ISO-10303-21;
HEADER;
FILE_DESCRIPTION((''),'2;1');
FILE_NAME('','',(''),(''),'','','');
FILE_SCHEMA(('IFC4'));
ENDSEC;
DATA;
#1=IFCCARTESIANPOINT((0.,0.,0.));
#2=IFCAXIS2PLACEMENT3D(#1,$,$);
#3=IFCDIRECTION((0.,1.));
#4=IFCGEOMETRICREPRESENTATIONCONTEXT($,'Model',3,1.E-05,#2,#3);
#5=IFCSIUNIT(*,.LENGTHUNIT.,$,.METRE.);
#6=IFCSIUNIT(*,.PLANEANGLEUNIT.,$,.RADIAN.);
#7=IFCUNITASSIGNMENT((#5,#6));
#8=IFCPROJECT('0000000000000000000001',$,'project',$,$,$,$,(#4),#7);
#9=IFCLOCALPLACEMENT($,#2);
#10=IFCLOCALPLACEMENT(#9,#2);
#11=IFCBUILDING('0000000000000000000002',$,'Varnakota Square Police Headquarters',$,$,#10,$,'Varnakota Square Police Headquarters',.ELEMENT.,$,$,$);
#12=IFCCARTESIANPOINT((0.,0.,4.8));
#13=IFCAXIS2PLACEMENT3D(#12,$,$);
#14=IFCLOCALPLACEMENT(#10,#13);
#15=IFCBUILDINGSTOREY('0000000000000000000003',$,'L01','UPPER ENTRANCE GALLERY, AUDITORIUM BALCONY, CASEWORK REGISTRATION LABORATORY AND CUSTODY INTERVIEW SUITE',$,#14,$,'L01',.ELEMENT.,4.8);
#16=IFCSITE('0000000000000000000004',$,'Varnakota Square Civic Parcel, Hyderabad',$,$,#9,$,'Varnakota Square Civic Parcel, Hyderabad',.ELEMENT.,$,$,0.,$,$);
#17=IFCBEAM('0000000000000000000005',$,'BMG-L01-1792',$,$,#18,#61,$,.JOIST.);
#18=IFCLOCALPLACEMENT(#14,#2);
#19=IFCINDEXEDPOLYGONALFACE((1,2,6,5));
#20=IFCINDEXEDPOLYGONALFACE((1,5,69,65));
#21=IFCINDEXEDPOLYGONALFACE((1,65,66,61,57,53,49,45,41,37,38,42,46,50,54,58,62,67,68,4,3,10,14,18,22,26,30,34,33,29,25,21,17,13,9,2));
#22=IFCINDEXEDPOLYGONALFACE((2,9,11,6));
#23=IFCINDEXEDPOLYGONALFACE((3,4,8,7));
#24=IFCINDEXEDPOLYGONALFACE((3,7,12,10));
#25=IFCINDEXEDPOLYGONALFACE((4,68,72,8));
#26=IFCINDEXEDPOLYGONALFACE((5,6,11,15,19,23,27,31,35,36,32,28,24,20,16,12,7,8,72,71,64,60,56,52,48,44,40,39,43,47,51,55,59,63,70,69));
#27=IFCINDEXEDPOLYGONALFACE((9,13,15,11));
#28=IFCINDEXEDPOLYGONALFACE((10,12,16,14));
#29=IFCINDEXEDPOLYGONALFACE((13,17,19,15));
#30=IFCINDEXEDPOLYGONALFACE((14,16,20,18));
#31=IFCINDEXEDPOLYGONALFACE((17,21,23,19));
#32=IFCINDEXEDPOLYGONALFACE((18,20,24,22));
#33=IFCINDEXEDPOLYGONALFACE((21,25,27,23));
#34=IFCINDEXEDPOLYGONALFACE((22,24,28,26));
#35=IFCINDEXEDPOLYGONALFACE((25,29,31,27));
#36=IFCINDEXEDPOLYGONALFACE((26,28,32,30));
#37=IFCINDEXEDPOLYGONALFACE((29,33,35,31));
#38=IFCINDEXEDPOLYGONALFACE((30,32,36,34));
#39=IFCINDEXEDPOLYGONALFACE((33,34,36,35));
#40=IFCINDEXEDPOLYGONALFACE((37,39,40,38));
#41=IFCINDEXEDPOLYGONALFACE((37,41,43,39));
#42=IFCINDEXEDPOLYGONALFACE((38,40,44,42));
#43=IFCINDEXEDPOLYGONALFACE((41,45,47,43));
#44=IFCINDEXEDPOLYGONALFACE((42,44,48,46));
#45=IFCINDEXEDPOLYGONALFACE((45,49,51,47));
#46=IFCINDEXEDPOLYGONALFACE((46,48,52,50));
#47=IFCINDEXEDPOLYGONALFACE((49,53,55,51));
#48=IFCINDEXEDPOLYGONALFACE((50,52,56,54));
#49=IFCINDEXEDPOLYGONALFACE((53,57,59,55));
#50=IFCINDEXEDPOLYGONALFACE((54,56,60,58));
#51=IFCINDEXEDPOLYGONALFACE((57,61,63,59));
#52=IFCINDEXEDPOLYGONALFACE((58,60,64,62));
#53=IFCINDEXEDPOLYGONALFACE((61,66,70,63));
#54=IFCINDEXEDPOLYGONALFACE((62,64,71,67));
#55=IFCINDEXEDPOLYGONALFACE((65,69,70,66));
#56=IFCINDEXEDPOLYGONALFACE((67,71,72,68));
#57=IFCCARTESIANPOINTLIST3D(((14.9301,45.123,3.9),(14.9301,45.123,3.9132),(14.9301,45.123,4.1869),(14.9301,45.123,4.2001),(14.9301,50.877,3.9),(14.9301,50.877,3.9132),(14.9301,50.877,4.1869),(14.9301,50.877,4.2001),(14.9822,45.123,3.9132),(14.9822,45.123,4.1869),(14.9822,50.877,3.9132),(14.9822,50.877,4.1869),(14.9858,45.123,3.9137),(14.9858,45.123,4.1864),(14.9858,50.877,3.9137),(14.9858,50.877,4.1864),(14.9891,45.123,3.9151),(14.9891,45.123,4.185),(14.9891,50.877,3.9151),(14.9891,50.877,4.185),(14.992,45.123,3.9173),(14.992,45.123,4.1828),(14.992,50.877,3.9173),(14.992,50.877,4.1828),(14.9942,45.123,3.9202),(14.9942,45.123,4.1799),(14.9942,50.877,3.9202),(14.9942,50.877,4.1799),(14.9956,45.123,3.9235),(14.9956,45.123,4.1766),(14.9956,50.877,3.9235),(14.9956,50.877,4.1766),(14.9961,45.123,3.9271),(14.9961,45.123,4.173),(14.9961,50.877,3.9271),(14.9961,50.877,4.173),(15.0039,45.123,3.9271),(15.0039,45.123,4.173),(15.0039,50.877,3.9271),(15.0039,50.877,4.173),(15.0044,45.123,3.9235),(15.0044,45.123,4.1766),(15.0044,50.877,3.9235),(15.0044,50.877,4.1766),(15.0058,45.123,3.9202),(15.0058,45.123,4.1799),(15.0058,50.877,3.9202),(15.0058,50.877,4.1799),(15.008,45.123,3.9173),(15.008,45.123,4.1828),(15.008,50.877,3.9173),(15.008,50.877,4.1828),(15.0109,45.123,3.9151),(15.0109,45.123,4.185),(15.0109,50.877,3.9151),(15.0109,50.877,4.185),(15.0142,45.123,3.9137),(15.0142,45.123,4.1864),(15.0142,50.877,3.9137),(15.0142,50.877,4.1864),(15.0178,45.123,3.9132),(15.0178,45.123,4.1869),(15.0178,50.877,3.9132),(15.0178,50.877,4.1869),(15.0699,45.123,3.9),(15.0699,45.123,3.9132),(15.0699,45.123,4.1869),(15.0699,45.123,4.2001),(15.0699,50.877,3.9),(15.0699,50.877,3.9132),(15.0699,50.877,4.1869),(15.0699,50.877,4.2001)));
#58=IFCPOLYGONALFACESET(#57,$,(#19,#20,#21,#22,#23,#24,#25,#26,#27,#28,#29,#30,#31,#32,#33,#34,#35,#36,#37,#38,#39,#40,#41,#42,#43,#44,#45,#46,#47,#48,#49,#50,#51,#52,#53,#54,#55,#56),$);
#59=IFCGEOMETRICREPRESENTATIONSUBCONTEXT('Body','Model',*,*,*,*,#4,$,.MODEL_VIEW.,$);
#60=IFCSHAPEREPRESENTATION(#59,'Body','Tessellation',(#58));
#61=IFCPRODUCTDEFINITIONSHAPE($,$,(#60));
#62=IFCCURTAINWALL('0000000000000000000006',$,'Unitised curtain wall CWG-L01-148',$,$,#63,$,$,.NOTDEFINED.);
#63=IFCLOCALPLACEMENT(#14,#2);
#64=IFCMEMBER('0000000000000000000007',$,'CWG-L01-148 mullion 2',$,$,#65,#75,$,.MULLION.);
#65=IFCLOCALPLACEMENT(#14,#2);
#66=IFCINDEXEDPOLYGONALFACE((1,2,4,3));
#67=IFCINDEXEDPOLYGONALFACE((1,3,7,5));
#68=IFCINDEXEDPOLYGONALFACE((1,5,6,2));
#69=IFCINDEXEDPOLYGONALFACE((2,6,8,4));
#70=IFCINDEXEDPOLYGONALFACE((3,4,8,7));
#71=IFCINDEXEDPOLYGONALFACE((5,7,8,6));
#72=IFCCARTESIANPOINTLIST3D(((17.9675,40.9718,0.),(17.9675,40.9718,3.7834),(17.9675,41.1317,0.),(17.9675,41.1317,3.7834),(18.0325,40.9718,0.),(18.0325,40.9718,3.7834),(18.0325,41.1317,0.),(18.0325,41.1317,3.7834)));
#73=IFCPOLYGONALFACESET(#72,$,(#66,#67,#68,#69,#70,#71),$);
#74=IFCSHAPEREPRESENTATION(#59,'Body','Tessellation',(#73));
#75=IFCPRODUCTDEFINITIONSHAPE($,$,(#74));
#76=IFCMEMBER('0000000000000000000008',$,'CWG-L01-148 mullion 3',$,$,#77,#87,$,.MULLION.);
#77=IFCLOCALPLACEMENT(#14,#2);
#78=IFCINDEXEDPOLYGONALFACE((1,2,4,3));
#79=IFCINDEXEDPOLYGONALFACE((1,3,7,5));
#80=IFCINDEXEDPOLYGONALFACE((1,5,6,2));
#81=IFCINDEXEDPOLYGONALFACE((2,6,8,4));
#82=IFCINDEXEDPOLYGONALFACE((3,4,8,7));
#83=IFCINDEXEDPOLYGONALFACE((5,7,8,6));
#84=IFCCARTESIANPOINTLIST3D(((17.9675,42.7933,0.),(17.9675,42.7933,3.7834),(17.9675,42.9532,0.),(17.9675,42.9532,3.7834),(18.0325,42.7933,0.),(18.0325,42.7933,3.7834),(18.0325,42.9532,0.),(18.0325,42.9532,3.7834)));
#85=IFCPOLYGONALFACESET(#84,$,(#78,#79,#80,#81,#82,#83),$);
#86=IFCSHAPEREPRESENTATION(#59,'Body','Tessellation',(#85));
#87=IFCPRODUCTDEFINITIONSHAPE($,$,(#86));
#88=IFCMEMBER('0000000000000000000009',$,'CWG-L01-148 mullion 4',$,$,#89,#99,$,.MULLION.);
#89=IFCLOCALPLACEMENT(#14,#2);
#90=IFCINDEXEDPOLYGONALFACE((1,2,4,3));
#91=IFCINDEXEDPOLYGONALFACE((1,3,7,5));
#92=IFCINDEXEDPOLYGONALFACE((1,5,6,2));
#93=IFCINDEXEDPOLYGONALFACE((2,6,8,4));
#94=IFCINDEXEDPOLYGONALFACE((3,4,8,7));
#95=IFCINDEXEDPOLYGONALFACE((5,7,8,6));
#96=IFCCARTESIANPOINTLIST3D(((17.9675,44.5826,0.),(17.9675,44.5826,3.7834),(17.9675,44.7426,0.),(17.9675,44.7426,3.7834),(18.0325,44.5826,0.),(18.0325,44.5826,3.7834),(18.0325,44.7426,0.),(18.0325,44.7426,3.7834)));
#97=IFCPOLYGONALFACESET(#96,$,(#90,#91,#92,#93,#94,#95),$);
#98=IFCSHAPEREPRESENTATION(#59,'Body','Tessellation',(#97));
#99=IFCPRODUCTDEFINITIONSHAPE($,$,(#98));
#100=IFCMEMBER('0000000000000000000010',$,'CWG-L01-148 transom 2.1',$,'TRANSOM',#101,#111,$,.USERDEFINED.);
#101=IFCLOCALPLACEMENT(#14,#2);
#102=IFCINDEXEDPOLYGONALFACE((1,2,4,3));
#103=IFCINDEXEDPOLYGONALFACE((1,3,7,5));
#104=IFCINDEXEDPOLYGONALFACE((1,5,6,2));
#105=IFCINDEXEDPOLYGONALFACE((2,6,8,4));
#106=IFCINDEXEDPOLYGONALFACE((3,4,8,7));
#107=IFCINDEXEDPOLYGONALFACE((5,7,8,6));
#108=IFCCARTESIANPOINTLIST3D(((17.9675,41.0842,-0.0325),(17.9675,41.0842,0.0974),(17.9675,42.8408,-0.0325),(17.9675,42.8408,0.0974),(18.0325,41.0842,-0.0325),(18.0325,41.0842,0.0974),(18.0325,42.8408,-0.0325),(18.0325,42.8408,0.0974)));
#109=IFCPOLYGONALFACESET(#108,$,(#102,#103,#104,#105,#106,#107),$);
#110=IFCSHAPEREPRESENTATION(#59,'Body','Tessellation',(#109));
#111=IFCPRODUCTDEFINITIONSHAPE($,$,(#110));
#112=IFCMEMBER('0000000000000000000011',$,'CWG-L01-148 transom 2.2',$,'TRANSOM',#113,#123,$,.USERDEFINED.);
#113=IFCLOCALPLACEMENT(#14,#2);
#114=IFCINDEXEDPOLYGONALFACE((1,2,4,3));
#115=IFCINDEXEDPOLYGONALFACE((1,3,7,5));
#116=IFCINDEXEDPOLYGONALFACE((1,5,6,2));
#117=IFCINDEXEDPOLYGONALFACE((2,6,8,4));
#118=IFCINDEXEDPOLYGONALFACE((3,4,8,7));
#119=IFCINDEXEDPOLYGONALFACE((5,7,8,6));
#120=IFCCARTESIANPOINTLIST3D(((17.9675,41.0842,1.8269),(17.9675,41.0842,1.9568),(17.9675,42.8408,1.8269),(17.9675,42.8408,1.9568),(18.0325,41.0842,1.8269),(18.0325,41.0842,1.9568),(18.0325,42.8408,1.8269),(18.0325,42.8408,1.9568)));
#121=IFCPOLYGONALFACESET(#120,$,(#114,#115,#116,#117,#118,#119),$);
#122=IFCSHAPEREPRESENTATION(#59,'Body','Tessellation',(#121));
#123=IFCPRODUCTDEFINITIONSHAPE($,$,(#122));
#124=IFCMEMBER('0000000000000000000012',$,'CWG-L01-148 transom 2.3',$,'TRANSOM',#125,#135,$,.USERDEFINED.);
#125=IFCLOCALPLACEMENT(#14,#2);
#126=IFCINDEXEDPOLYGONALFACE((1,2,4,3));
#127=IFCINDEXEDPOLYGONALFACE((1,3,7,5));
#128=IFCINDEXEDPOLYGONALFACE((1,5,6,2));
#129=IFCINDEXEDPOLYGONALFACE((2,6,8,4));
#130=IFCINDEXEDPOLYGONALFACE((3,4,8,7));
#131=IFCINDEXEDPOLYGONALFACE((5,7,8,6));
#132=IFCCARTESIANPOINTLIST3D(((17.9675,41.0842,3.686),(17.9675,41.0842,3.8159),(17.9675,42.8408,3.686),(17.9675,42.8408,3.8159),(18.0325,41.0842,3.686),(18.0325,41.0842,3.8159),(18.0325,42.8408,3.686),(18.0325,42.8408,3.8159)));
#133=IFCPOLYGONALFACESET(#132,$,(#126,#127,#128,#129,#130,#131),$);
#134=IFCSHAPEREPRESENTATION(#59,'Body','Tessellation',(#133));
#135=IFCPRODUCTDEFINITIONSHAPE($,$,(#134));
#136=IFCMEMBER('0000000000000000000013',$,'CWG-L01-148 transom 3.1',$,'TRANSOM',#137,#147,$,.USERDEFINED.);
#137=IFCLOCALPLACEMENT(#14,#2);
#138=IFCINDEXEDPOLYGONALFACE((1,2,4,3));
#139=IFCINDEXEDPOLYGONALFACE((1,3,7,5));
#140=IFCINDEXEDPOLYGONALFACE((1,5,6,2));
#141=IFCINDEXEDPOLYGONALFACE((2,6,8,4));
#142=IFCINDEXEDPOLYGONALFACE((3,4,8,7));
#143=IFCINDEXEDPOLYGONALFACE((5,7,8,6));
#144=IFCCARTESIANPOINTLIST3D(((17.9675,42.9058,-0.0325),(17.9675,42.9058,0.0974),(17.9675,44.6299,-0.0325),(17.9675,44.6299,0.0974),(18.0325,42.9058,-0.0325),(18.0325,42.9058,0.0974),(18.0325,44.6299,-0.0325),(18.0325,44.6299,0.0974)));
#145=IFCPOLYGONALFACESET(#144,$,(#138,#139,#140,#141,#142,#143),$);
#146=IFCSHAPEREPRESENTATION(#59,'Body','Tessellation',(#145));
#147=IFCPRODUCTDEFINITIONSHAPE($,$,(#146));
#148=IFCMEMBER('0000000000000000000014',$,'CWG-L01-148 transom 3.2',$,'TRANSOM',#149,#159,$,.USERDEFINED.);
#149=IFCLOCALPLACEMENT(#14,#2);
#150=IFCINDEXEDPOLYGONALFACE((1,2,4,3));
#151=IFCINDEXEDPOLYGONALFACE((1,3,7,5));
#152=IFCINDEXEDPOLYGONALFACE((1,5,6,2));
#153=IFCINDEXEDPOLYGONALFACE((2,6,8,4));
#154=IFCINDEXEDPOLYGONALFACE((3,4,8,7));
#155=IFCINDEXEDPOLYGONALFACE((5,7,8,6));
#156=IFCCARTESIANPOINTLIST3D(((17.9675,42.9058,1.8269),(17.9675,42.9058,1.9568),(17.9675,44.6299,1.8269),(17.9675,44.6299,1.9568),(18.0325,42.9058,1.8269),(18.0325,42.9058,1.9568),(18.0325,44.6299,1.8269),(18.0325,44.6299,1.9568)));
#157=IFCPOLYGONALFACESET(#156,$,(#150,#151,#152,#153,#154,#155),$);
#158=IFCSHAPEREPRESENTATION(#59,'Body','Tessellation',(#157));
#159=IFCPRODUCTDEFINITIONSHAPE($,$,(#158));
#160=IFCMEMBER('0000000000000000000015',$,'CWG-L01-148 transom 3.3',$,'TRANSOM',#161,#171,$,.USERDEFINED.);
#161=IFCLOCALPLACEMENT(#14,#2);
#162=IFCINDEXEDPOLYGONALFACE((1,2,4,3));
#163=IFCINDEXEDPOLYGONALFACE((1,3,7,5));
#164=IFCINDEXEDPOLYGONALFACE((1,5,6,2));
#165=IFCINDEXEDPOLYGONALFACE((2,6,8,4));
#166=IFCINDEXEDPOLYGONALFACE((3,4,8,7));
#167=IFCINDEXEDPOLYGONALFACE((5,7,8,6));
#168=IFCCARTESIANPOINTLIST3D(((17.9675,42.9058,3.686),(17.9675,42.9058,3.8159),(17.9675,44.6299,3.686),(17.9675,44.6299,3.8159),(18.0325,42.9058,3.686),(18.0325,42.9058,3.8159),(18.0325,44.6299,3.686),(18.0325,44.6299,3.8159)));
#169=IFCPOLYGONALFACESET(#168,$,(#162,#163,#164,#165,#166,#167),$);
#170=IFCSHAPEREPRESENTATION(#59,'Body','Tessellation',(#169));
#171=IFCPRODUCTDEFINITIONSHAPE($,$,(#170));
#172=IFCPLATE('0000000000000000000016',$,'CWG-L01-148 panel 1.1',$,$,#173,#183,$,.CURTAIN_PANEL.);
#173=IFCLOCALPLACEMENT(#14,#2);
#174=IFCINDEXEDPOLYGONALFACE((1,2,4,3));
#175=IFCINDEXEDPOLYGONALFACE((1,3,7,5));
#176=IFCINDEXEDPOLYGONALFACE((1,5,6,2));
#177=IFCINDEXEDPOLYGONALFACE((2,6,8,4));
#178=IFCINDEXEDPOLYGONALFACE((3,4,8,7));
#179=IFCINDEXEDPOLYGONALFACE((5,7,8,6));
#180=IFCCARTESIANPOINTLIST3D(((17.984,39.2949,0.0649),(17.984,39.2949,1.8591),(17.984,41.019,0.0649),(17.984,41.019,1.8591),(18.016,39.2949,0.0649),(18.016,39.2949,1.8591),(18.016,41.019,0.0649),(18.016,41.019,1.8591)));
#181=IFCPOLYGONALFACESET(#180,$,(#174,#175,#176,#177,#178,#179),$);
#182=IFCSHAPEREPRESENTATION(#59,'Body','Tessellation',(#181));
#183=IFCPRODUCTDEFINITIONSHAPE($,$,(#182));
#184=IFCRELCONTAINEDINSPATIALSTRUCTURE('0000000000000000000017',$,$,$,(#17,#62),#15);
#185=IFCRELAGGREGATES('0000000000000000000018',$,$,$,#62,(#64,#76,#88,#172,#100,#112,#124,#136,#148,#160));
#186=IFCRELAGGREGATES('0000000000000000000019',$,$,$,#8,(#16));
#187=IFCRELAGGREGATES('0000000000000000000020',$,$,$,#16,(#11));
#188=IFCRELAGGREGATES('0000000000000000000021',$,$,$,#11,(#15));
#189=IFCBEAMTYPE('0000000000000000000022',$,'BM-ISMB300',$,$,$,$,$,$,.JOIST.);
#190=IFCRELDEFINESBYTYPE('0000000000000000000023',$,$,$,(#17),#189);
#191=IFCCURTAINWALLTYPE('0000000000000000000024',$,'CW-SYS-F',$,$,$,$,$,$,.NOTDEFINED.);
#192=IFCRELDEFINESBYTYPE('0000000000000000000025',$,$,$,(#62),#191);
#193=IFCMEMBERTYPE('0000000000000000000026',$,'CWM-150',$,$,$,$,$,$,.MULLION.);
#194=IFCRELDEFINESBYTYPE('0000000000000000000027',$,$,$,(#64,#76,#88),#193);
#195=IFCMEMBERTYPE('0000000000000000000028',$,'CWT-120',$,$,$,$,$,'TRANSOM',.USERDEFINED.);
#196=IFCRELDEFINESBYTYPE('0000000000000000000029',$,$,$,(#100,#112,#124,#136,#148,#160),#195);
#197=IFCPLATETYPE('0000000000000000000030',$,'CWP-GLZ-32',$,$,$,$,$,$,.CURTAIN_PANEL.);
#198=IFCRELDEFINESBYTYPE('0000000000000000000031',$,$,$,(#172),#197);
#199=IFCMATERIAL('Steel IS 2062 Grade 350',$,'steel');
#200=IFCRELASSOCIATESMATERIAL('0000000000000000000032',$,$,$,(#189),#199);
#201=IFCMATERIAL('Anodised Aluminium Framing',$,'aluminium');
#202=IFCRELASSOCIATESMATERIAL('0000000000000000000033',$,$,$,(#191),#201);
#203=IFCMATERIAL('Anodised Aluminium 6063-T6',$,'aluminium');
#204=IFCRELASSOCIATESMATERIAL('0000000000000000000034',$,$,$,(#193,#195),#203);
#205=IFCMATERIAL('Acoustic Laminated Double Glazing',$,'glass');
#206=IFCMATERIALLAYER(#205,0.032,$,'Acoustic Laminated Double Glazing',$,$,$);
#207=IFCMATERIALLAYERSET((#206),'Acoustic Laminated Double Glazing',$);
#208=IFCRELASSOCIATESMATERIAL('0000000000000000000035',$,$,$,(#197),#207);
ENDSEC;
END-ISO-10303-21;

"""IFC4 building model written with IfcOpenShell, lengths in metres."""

from ifc_helpers import new_model, si_unit, direction, frame, origin, origin_2d, place, context, subcontext, project, spatial, rectangle, i_section, extrude, material, layer, layer_set, material_profile, profile_set, type_object, element, aggregate, save


model = new_model("IFC4")

# Units and contexts
model_context = context("Model", 3, precision=1e-05, world=origin(), true_north=direction((0.0, 1.0)))
body_context = subcontext(model_context, "Body", "Model", "MODEL_VIEW")
ifc_project = project(units=[si_unit("LENGTHUNIT", "METRE"), si_unit("PLANEANGLEUNIT", "RADIAN")], contexts=[model_context])

# Site, building, storey
site_placement = place(None, origin())
site = spatial("IfcSite", under=ifc_project, at=site_placement, Name="Varnakota Square Civic Parcel, Hyderabad", LongName="Varnakota Square Civic Parcel, Hyderabad", CompositionType="ELEMENT", RefElevation=0.0)
building_placement = place(site_placement, origin())
building = spatial("IfcBuilding", under=site, at=building_placement, Name="Varnakota Square Police Headquarters", LongName="Varnakota Square Police Headquarters", CompositionType="ELEMENT")
storey_placement = place(building_placement, frame((0.0, 0.0, 4.8)))
storey = spatial("IfcBuildingStorey", under=building, at=storey_placement, Name="L01", Description="UPPER ENTRANCE GALLERY, AUDITORIUM BALCONY, CASEWORK REGISTRATION LABORATORY AND CUSTODY INTERVIEW SUITE", LongName="L01", CompositionType="ELEMENT", Elevation=4.8)

# Shared definitions
ifc_material_1 = material(Name="Steel IS 2062 Grade 350", Category="steel")

# Beam
ifc_material_profile_1 = material_profile(ifc_material_1, i_section(OverallWidth=0.1399, OverallDepth=0.3, WebThickness=0.0078, FlangeThickness=0.0132, FilletRadius=0.0139, at=origin_2d()), Name="ISMB 300")
ifc_profile_set_1 = profile_set([ifc_material_profile_1], Name="Steel IS 2062 Grade 350")
beam_type_1 = type_object("IfcBeamType", Name="BM-ISMB300", PredefinedType="JOIST", material=ifc_profile_set_1)
beam_1_placement = place(storey_placement, frame((15.0, 45.123, 4.05), z_axis=(0.0, 1.0, 0.0), x_axis=(-1.0, 0.0, 0.0)))
element("IfcBeam", 1, at=beam_1_placement, inside=storey, type_object=beam_type_1, Name="BMG-L01-1792", PredefinedType="JOIST", context=body_context, shape_type="SweptSolid", body=[
    extrude(i_section(OverallWidth=0.1399, OverallDepth=0.3, WebThickness=0.0078, FlangeThickness=0.0132, FilletRadius=0.0139, at=origin_2d()), origin(), (0.0, 0.0, 1.0), 5.7539),
])

# Curtain wall, members, plate
ifc_material_2 = material(Name="Anodised Aluminium Framing", Category="aluminium")
curtain_wall_type = type_object("IfcCurtainWallType", Name="CW-SYS-F", PredefinedType="NOTDEFINED", material=ifc_material_2)
curtain_wall_placement = place(storey_placement, origin())
curtain_wall = element("IfcCurtainWall", 2, at=curtain_wall_placement, inside=storey, type_object=curtain_wall_type, Name="Unitised curtain wall CWG-L01-148", PredefinedType="NOTDEFINED")
ifc_material_3 = material(Name="Anodised Aluminium 6063-T6", Category="aluminium")
ifc_material_profile_2 = material_profile(ifc_material_3, rectangle(XDim=0.0649, YDim=0.1599, at=origin_2d()), Name="ALU MULLION 65x160")
ifc_profile_set_2 = profile_set([ifc_material_profile_2], Name="Anodised Aluminium 6063-T6")
member_type_1 = type_object("IfcMemberType", Name="CWM-150", PredefinedType="MULLION", material=ifc_profile_set_2)
member_1_placement = place(storey_placement, frame((18.0, 41.0518, 0.0), z_axis=(0.0, 0.0, 1.0), x_axis=(-1.0, 0.0, 0.0)))
member_1 = element("IfcMember", 3, at=member_1_placement, type_object=member_type_1, Name="CWG-L01-148 mullion 2", PredefinedType="MULLION", context=body_context, shape_type="SweptSolid", body=[
    extrude(rectangle(XDim=0.0649, YDim=0.1599, at=origin_2d()), origin(), (0.0, 0.0, 1.0), 3.7834),
])
member_2_placement = place(storey_placement, frame((18.0, 42.8733, 0.0), z_axis=(0.0, 0.0, 1.0), x_axis=(-1.0, 0.0, 0.0)))
member_2 = element("IfcMember", 4, at=member_2_placement, type_object=member_type_1, Name="CWG-L01-148 mullion 3", PredefinedType="MULLION", context=body_context, shape_type="SweptSolid", body=[
    extrude(rectangle(XDim=0.0649, YDim=0.1599, at=origin_2d()), origin(), (0.0, 0.0, 1.0), 3.7834),
])
member_3_placement = place(storey_placement, frame((18.0, 44.6626, 0.0), z_axis=(0.0, 0.0, 1.0), x_axis=(-1.0, 0.0, 0.0)))
member_3 = element("IfcMember", 5, at=member_3_placement, type_object=member_type_1, Name="CWG-L01-148 mullion 4", PredefinedType="MULLION", context=body_context, shape_type="SweptSolid", body=[
    extrude(rectangle(XDim=0.0649, YDim=0.1599, at=origin_2d()), origin(), (0.0, 0.0, 1.0), 3.7834),
])
ifc_material_profile_3 = material_profile(ifc_material_3, rectangle(XDim=0.0649, YDim=0.1299, at=origin_2d()), Name="ALU TRANSOM 65x130")
ifc_profile_set_3 = profile_set([ifc_material_profile_3], Name="Anodised Aluminium 6063-T6")
member_type_2 = type_object("IfcMemberType", Name="CWT-120", ElementType="TRANSOM", PredefinedType="USERDEFINED", material=ifc_profile_set_3)
member_4_placement = place(storey_placement, frame((18.0, 41.0842, 0.0325), z_axis=(0.0, 1.0, 0.0), x_axis=(-1.0, 0.0, 0.0)))
member_4 = element("IfcMember", 6, at=member_4_placement, type_object=member_type_2, Name="CWG-L01-148 transom 2.1", ObjectType="TRANSOM", PredefinedType="USERDEFINED", context=body_context, shape_type="SweptSolid", body=[
    extrude(rectangle(XDim=0.0649, YDim=0.1299, at=origin_2d()), origin(), (0.0, 0.0, 1.0), 1.7566),
])
member_5_placement = place(storey_placement, frame((18.0, 41.0842, 1.8918), z_axis=(0.0, 1.0, 0.0), x_axis=(-1.0, 0.0, 0.0)))
member_5 = element("IfcMember", 7, at=member_5_placement, type_object=member_type_2, Name="CWG-L01-148 transom 2.2", ObjectType="TRANSOM", PredefinedType="USERDEFINED", context=body_context, shape_type="SweptSolid", body=[
    extrude(rectangle(XDim=0.0649, YDim=0.1299, at=origin_2d()), origin(), (0.0, 0.0, 1.0), 1.7566),
])
member_6_placement = place(storey_placement, frame((18.0, 41.0842, 3.751), z_axis=(0.0, 1.0, 0.0), x_axis=(-1.0, 0.0, 0.0)))
member_6 = element("IfcMember", 8, at=member_6_placement, type_object=member_type_2, Name="CWG-L01-148 transom 2.3", ObjectType="TRANSOM", PredefinedType="USERDEFINED", context=body_context, shape_type="SweptSolid", body=[
    extrude(rectangle(XDim=0.0649, YDim=0.1299, at=origin_2d()), origin(), (0.0, 0.0, 1.0), 1.7566),
])
member_7_placement = place(storey_placement, frame((18.0, 42.9058, 0.0325), z_axis=(0.0, 1.0, 0.0), x_axis=(-1.0, 0.0, 0.0)))
member_7 = element("IfcMember", 9, at=member_7_placement, type_object=member_type_2, Name="CWG-L01-148 transom 3.1", ObjectType="TRANSOM", PredefinedType="USERDEFINED", context=body_context, shape_type="SweptSolid", body=[
    extrude(rectangle(XDim=0.0649, YDim=0.1299, at=origin_2d()), origin(), (0.0, 0.0, 1.0), 1.7241),
])
member_8_placement = place(storey_placement, frame((18.0, 42.9058, 1.8918), z_axis=(0.0, 1.0, 0.0), x_axis=(-1.0, 0.0, 0.0)))
member_8 = element("IfcMember", 10, at=member_8_placement, type_object=member_type_2, Name="CWG-L01-148 transom 3.2", ObjectType="TRANSOM", PredefinedType="USERDEFINED", context=body_context, shape_type="SweptSolid", body=[
    extrude(rectangle(XDim=0.0649, YDim=0.1299, at=origin_2d()), origin(), (0.0, 0.0, 1.0), 1.7241),
])
member_9_placement = place(storey_placement, frame((18.0, 42.9058, 3.751), z_axis=(0.0, 1.0, 0.0), x_axis=(-1.0, 0.0, 0.0)))
member_9 = element("IfcMember", 11, at=member_9_placement, type_object=member_type_2, Name="CWG-L01-148 transom 3.3", ObjectType="TRANSOM", PredefinedType="USERDEFINED", context=body_context, shape_type="SweptSolid", body=[
    extrude(rectangle(XDim=0.0649, YDim=0.1299, at=origin_2d()), origin(), (0.0, 0.0, 1.0), 1.7241),
])
ifc_material_4 = material(Name="Acoustic Laminated Double Glazing", Category="glass")
ifc_layer_1 = layer(ifc_material_4, 0.032, Name="Acoustic Laminated Double Glazing")
ifc_layer_set_1 = layer_set([ifc_layer_1], Name="Acoustic Laminated Double Glazing")
plate_type_1 = type_object("IfcPlateType", Name="CWP-GLZ-32", PredefinedType="CURTAIN_PANEL", material=ifc_layer_set_1)
plate_1_placement = place(storey_placement, frame((18.0, 40.157, 0.0649), z_axis=(0.0, 0.0, 1.0), x_axis=(0.0, 1.0, 0.0)))
plate_1 = element("IfcPlate", 12, at=plate_1_placement, type_object=plate_type_1, Name="CWG-L01-148 panel 1.1", PredefinedType="CURTAIN_PANEL", context=body_context, shape_type="SweptSolid", body=[
    extrude(rectangle(XDim=1.7241, YDim=0.032, at=origin_2d()), origin(), (0.0, 0.0, 1.0), 1.7942),
])
aggregate(curtain_wall, [member_1, member_2, member_3, plate_1, member_4, member_5, member_6, member_7, member_8, member_9])

save(model, "model.ifc")
